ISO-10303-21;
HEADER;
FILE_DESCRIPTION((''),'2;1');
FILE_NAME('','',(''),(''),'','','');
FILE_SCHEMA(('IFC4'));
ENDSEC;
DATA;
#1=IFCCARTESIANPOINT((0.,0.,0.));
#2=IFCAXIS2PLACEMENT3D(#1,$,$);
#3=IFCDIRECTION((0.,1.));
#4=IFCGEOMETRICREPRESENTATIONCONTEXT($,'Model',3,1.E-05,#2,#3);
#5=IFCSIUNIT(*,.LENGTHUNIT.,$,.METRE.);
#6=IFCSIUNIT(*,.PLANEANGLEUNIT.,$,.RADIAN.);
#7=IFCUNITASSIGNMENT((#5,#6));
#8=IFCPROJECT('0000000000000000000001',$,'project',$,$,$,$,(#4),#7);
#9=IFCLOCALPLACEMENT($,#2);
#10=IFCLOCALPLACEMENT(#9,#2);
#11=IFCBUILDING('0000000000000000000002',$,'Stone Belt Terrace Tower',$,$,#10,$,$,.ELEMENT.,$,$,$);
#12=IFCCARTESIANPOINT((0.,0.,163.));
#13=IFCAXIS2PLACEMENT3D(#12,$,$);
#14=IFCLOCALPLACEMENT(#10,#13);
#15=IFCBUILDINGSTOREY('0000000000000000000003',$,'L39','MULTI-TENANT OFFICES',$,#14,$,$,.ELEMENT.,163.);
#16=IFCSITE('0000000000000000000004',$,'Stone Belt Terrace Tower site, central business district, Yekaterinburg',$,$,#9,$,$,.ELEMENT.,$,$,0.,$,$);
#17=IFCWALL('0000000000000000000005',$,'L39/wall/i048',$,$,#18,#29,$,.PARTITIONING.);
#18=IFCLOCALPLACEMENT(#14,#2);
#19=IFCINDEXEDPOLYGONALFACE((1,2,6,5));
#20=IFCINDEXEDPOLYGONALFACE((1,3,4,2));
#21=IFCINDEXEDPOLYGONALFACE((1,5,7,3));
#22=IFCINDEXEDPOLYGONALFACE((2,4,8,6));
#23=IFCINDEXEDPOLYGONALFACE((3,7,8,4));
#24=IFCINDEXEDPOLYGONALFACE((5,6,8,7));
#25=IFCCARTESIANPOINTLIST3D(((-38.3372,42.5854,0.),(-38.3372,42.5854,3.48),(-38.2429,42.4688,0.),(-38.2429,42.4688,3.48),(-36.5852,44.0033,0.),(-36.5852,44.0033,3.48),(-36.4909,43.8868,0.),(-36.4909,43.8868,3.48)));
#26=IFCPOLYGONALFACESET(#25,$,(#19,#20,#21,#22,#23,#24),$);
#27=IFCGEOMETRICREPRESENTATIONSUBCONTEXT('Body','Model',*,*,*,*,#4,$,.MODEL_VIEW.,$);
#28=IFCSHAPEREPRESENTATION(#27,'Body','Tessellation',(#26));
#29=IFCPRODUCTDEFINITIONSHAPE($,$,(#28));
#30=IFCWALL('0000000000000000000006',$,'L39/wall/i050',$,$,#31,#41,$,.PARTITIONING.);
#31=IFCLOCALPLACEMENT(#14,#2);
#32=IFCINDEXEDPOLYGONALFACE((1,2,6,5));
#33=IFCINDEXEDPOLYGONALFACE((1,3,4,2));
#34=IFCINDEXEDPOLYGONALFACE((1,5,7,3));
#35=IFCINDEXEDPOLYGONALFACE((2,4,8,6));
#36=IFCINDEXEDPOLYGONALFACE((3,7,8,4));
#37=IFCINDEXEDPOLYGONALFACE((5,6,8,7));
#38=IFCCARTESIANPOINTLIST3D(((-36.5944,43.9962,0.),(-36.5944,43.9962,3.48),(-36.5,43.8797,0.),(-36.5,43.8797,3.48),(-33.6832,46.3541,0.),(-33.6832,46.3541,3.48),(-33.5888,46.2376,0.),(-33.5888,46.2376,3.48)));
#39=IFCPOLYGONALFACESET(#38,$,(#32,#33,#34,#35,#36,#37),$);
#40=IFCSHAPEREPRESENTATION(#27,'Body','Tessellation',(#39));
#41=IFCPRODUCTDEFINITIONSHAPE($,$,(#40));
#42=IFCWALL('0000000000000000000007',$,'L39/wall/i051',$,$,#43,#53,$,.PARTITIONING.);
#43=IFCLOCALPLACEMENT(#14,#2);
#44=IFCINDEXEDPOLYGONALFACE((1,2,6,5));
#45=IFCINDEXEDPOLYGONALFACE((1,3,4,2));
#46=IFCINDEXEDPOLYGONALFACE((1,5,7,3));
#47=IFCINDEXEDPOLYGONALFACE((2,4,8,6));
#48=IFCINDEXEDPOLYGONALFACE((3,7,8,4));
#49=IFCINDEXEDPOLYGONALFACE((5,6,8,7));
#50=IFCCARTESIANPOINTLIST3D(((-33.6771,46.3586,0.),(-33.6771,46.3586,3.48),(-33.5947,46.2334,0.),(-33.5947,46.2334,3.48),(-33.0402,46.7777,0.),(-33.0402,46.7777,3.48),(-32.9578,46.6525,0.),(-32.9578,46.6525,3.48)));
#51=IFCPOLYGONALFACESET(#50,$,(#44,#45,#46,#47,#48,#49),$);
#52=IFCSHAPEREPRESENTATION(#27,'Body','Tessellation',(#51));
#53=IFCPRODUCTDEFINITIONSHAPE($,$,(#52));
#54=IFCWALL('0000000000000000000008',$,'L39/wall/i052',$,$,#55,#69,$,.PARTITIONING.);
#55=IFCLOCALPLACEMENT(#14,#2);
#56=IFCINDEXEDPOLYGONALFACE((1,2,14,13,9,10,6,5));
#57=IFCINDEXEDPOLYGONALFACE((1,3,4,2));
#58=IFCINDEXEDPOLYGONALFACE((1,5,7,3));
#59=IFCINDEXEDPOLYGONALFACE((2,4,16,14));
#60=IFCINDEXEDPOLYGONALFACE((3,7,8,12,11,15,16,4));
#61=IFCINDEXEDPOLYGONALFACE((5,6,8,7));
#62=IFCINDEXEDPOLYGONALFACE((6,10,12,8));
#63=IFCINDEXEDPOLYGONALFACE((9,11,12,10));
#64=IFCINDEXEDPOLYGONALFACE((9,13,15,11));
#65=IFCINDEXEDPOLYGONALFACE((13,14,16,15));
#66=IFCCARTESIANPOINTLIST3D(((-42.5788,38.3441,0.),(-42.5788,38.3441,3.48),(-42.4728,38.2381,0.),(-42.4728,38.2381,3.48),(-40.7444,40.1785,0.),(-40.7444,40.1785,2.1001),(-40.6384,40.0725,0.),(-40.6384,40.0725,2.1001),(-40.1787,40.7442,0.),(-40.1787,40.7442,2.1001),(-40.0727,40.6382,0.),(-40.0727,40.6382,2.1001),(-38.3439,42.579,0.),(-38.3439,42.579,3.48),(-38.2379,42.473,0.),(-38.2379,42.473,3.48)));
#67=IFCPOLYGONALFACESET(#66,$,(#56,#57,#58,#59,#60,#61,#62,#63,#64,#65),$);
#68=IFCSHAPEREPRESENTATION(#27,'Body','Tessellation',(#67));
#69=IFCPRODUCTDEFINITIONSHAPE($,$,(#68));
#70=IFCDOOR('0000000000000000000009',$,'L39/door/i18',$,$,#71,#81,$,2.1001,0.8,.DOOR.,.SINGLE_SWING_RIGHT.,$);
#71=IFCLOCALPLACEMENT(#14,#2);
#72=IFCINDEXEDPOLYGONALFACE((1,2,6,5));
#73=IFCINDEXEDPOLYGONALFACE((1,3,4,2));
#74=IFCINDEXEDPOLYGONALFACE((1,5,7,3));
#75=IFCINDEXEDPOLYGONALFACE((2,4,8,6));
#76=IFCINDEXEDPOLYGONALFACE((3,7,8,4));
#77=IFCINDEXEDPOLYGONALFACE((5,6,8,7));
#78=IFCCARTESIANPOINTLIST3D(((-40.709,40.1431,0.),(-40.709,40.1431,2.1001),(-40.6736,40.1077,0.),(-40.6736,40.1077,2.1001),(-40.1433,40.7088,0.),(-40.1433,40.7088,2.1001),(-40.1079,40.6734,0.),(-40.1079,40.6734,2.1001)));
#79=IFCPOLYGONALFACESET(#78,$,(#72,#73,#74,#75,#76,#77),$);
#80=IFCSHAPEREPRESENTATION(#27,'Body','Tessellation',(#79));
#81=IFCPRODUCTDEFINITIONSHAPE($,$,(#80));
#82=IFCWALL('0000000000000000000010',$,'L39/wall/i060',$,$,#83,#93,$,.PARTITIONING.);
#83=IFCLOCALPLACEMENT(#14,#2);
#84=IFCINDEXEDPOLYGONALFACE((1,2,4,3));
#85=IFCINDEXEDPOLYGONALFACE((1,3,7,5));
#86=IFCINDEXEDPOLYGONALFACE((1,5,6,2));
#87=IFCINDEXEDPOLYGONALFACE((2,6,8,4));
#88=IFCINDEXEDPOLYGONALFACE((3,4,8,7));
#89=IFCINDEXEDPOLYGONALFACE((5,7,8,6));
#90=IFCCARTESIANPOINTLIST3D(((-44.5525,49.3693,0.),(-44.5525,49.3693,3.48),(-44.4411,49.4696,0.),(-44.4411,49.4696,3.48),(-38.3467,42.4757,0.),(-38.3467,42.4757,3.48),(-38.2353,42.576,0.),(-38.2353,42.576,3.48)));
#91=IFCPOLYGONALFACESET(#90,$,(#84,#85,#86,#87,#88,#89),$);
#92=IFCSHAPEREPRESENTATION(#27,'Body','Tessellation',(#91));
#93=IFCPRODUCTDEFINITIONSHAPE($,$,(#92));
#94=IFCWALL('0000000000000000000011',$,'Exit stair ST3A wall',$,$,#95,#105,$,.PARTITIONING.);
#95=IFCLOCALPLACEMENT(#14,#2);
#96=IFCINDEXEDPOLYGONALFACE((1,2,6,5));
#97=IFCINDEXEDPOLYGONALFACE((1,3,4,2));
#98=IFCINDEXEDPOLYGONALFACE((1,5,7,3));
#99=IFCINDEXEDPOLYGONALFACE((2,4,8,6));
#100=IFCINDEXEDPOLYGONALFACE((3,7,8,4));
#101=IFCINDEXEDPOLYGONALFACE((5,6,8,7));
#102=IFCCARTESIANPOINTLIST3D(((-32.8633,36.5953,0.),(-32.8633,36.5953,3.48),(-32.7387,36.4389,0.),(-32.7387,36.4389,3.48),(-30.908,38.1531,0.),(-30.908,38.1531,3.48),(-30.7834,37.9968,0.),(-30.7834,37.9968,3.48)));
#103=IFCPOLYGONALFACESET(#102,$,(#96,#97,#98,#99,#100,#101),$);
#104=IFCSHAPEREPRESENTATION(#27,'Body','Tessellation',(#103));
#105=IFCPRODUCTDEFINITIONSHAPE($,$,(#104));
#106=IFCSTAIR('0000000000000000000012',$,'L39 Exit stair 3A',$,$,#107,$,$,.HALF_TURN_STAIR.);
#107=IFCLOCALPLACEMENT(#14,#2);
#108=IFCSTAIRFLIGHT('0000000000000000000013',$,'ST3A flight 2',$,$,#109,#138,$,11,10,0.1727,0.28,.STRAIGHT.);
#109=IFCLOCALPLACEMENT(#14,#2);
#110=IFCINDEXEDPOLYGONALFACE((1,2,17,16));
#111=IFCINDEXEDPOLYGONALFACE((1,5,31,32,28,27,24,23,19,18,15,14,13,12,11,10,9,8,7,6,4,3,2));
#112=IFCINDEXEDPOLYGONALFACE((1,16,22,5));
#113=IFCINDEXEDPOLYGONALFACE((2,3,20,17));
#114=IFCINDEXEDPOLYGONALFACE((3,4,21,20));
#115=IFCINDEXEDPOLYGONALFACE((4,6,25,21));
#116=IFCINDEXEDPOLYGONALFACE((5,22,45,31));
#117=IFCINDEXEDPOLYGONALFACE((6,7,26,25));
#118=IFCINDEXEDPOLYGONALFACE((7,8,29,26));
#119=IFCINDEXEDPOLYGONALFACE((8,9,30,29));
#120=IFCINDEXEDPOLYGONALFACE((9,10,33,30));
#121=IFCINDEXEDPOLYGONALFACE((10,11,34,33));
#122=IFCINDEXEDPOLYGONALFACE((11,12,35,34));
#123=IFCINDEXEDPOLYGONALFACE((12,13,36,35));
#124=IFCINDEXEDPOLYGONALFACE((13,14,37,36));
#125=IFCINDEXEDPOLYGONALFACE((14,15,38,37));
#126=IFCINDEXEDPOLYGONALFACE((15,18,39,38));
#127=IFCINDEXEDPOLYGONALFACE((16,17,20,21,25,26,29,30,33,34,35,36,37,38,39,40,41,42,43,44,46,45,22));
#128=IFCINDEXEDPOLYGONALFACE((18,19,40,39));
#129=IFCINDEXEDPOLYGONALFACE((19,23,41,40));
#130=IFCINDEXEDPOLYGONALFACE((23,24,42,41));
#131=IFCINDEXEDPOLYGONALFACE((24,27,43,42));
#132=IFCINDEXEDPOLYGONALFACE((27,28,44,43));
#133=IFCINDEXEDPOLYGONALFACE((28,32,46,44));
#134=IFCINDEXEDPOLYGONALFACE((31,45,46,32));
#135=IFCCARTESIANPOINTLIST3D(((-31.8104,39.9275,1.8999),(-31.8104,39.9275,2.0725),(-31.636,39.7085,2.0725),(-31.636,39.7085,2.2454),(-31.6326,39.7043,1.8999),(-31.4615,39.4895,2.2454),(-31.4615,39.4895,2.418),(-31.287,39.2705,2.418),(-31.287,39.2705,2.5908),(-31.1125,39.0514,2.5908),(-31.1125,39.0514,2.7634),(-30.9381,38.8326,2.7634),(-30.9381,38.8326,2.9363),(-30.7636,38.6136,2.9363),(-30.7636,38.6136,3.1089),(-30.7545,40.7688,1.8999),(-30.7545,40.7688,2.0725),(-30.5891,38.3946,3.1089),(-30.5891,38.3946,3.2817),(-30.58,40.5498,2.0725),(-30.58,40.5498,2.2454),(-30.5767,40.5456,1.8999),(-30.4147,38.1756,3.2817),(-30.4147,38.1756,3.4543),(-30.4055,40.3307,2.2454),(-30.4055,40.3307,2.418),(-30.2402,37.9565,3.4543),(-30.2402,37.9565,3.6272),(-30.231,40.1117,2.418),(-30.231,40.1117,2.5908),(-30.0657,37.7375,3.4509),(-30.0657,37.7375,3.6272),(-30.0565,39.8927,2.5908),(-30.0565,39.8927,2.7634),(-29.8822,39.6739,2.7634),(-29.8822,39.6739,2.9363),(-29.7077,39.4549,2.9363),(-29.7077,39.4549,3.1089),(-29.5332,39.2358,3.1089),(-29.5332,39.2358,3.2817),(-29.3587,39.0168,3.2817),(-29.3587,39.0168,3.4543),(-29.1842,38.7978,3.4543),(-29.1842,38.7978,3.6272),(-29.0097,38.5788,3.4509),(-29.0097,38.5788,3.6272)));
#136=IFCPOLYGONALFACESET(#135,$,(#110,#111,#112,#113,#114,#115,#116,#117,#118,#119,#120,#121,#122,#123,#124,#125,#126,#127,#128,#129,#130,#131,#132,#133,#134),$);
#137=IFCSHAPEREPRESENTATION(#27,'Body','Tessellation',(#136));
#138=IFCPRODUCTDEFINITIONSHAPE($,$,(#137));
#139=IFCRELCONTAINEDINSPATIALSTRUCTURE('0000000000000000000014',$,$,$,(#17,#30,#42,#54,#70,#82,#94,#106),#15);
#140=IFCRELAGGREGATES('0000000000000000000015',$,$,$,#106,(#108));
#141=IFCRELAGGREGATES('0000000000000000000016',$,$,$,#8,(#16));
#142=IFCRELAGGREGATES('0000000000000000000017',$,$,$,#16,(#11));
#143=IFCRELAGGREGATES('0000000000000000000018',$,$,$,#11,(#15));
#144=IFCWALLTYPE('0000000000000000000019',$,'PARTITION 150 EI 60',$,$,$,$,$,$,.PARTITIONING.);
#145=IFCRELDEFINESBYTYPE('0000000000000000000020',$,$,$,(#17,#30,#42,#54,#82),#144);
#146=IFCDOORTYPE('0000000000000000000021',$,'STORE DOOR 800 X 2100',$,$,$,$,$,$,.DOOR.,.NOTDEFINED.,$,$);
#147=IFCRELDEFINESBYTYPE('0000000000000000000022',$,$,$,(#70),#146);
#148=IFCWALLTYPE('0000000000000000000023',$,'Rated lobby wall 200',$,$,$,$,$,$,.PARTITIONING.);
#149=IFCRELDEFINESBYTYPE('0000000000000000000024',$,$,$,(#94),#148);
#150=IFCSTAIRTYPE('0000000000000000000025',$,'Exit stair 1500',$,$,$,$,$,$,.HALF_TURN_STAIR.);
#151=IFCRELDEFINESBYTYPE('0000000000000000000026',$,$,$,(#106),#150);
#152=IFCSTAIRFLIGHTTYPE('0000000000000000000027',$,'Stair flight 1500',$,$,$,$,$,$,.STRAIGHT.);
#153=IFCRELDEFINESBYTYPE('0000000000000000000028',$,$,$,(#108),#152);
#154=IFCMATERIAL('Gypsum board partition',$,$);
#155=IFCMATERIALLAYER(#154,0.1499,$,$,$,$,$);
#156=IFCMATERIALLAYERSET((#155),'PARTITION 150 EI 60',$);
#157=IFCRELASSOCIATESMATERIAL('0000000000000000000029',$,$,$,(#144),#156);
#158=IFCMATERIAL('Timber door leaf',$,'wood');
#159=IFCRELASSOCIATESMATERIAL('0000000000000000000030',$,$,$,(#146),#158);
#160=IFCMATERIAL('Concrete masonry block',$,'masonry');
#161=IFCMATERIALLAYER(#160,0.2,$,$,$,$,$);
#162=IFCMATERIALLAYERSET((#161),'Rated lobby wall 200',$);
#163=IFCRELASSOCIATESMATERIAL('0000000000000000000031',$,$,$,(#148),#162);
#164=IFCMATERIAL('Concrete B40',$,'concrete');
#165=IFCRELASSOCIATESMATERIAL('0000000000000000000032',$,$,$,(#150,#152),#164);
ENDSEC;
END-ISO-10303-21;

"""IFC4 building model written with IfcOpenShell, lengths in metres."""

from ifc_helpers import new_model, si_unit, direction, frame, frame_2d, origin, place, context, subcontext, project, spatial, polyline, rectangle, outline, extrude, material, layer, layer_set, type_object, element, fill, aggregate, save


model = new_model("IFC4")

# Units and contexts
model_context = context("Model", 3, precision=1e-05, world=origin(), true_north=direction((0.0, 1.0)))
body_context = subcontext(model_context, "Body", "Model", "MODEL_VIEW")
ifc_project = project(units=[si_unit("LENGTHUNIT", "METRE"), si_unit("PLANEANGLEUNIT", "RADIAN")], contexts=[model_context])

# Site, building, storey
site_placement = place(None, origin())
site = spatial("IfcSite", under=ifc_project, at=site_placement, Name="Stone Belt Terrace Tower site, central business district, Yekaterinburg", CompositionType="ELEMENT", RefElevation=0.0)
building_placement = place(site_placement, origin())
building = spatial("IfcBuilding", under=site, at=building_placement, Name="Stone Belt Terrace Tower", CompositionType="ELEMENT")
storey_placement = place(building_placement, frame((0.0, 0.0, 163.0)))
storey = spatial("IfcBuildingStorey", under=building, at=storey_placement, Name="L39", Description="MULTI-TENANT OFFICES", CompositionType="ELEMENT", Elevation=163.0)

# Walls
ifc_material_1 = material(Name="Gypsum board partition")
ifc_layer_1 = layer(ifc_material_1, 0.1499)
ifc_layer_set_1 = layer_set([ifc_layer_1], Name="PARTITION 150 EI 60")
wall_type_1 = type_object("IfcWallType", Name="PARTITION 150 EI 60", PredefinedType="PARTITIONING", material=ifc_layer_set_1)
wall_1_placement = place(storey_placement, frame((-38.29, 42.5271, 0.0), z_axis=(0.0, 0.0, 1.0), x_axis=(0.777305, 0.629123, 0.0)))
element("IfcWall", 1, at=wall_1_placement, inside=storey, type_object=wall_type_1, Name="L39/wall/i048", PredefinedType="PARTITIONING", context=body_context, shape_type="SweptSolid", body=[
    extrude(rectangle(XDim=2.2539, YDim=0.1499, at=frame_2d((1.127, 0.0))), origin(), (0.0, 0.0, 1.0), 3.48),
])
wall_2_placement = place(storey_placement, frame((-36.5471, 43.938, 0.0), z_axis=(0.0, 0.0, 1.0), x_axis=(0.777078, 0.629404, 0.0)))
element("IfcWall", 2, at=wall_2_placement, inside=storey, type_object=wall_type_1, Name="L39/wall/i050", PredefinedType="PARTITIONING", context=body_context, shape_type="SweptSolid", body=[
    extrude(rectangle(XDim=3.7463, YDim=0.1499, at=frame_2d((1.873, 0.0))), origin(), (0.0, 0.0, 1.0), 3.48),
])
wall_3_placement = place(storey_placement, frame((-33.636, 46.2959, 0.0), z_axis=(0.0, 0.0, 1.0), x_axis=(0.835336, 0.54974, 0.0)))
element("IfcWall", 3, at=wall_3_placement, inside=storey, type_object=wall_type_1, Name="L39/wall/i051", PredefinedType="PARTITIONING", context=body_context, shape_type="SweptSolid", body=[
    extrude(rectangle(XDim=0.7625, YDim=0.1499, at=frame_2d((0.3813, 0.0))), origin(), (0.0, 0.0, 1.0), 3.48),
])

# Wall, opening, door
wall_4_placement = place(storey_placement, frame((-42.5259, 38.291, 0.0), z_axis=(0.0, 0.0, 1.0), x_axis=(0.707107, 0.707107, 0.0)))
wall_4 = element("IfcWall", 4, at=wall_4_placement, inside=storey, type_object=wall_type_1, Name="L39/wall/i052", PredefinedType="PARTITIONING", context=body_context, shape_type="SweptSolid", body=[
    extrude(rectangle(XDim=5.989, YDim=0.1499, at=frame_2d((2.9946, 0.0))), origin(), (0.0, 0.0, 1.0), 3.48),
])
opening_placement = place(wall_4_placement, frame((2.5945, 0.0, 0.0)))
opening = element("IfcOpeningElement", 5, at=opening_placement, cuts=wall_4, PredefinedType="OPENING", context=body_context, shape_type="SweptSolid", body=[
    extrude(rectangle(XDim=0.8, YDim=2.1001, at=frame_2d((0.3999, 1.05))), frame((0.0, 0.085, 0.0), z_axis=(0.0, -1.0, 0.0), x_axis=(1.0, 0.0, 0.0)), (0.0, 0.0, 1.0), 0.1699),
])
ifc_material_2 = material(Name="Timber door leaf", Category="wood")
door_type = type_object("IfcDoorType", Name="STORE DOOR 800 X 2100", OperationType="NOTDEFINED", PredefinedType="DOOR", material=ifc_material_2)
door_placement = place(opening_placement, origin())
door = element("IfcDoor", 6, at=door_placement, inside=storey, type_object=door_type, Name="L39/door/i18", OperationType="SINGLE_SWING_RIGHT", OverallHeight=2.1001, OverallWidth=0.8, PredefinedType="DOOR", context=body_context, shape_type="SweptSolid", body=[
    extrude(rectangle(XDim=0.8, YDim=2.1001, at=frame_2d((0.3999, 1.05))), frame((0.0, 0.0249, 0.0), z_axis=(0.0, -1.0, 0.0), x_axis=(1.0, 0.0, 0.0)), (0.0, 0.0, 1.0), 0.05),
])
fill(opening, door)

# Walls
wall_5_placement = place(storey_placement, frame((-38.291, 42.5259, 0.0), z_axis=(0.0, 0.0, 1.0), x_axis=(-0.669061, 0.743208, 0.0)))
element("IfcWall", 7, at=wall_5_placement, inside=storey, type_object=wall_type_1, Name="L39/wall/i060", PredefinedType="PARTITIONING", context=body_context, shape_type="SweptSolid", body=[
    extrude(rectangle(XDim=9.2754, YDim=0.1499, at=frame_2d((4.6377, 0.0))), origin(), (0.0, 0.0, 1.0), 3.48),
])
ifc_material_3 = material(Name="Concrete masonry block", Category="masonry")
ifc_layer_2 = layer(ifc_material_3, 0.2)
ifc_layer_set_2 = layer_set([ifc_layer_2], Name="Rated lobby wall 200")
wall_type_2 = type_object("IfcWallType", Name="Rated lobby wall 200", PredefinedType="PARTITIONING", material=ifc_layer_set_2)
wall_6_placement = place(storey_placement, frame((-30.8457, 38.075, 0.0), z_axis=(0.0, 0.0, 1.0), x_axis=(-0.782115, -0.623134, 0.0)))
element("IfcWall", 8, at=wall_6_placement, inside=storey, type_object=wall_type_2, Name="Exit stair ST3A wall", PredefinedType="PARTITIONING", context=body_context, shape_type="SweptSolid", body=[
    extrude(rectangle(XDim=2.5, YDim=0.2, at=frame_2d((1.25, 0.0))), origin(), (0.0, 0.0, 1.0), 3.48),
])

# Stair, stair flight
ifc_material_4 = material(Name="Concrete B40", Category="concrete")
stair_type = type_object("IfcStairType", Name="Exit stair 1500", PredefinedType="HALF_TURN_STAIR", material=ifc_material_4)
stair_placement = place(storey_placement, origin())
stair = element("IfcStair", 9, at=stair_placement, inside=storey, type_object=stair_type, Name="L39 Exit stair 3A", PredefinedType="HALF_TURN_STAIR")
stair_flight_type = type_object("IfcStairFlightType", Name="Stair flight 1500", PredefinedType="STRAIGHT", material=ifc_material_4)
stair_flight_placement = place(storey_placement, frame((-31.2825, 40.3481, 1.8999), z_axis=(0.0, 0.0, 1.0), x_axis=(0.623121, -0.782125, 0.0)))
stair_flight = element("IfcStairFlight", 10, at=stair_flight_placement, type_object=stair_flight_type, Name="ST3A flight 2", NumberOfRisers=11, NumberOfTreads=10, PredefinedType="STRAIGHT", RiserHeight=0.1727, TreadLength=0.28, context=body_context, shape_type="SweptSolid", body=[
    extrude(outline(polyline([(0.0, 0.0), (0.0, 0.1726), (0.28, 0.1726), (0.28, 0.3455), (0.5601, 0.3455), (0.5601, 0.5181), (0.8401, 0.5181), (0.8401, 0.6909), (1.1201, 0.6909), (1.1201, 0.8635), (1.3999, 0.8635), (1.3999, 1.0364), (1.6799, 1.0364), (1.6799, 1.209), (1.96, 1.209), (1.96, 1.3818), (2.24, 1.3818), (2.24, 1.5544), (2.52, 1.5544), (2.52, 1.7273), (2.8, 1.7273), (2.8, 1.8999), (2.8, 1.551), (0.2854, 0.0), (0.0, 0.0)])), frame((0.0, 0.675, 0.0), z_axis=(0.0, -1.0, 0.0), x_axis=(1.0, 0.0, 0.0)), (0.0, 0.0, 1.0), 1.3501),
])
aggregate(stair, [stair_flight])

save(model, "model.ifc")
